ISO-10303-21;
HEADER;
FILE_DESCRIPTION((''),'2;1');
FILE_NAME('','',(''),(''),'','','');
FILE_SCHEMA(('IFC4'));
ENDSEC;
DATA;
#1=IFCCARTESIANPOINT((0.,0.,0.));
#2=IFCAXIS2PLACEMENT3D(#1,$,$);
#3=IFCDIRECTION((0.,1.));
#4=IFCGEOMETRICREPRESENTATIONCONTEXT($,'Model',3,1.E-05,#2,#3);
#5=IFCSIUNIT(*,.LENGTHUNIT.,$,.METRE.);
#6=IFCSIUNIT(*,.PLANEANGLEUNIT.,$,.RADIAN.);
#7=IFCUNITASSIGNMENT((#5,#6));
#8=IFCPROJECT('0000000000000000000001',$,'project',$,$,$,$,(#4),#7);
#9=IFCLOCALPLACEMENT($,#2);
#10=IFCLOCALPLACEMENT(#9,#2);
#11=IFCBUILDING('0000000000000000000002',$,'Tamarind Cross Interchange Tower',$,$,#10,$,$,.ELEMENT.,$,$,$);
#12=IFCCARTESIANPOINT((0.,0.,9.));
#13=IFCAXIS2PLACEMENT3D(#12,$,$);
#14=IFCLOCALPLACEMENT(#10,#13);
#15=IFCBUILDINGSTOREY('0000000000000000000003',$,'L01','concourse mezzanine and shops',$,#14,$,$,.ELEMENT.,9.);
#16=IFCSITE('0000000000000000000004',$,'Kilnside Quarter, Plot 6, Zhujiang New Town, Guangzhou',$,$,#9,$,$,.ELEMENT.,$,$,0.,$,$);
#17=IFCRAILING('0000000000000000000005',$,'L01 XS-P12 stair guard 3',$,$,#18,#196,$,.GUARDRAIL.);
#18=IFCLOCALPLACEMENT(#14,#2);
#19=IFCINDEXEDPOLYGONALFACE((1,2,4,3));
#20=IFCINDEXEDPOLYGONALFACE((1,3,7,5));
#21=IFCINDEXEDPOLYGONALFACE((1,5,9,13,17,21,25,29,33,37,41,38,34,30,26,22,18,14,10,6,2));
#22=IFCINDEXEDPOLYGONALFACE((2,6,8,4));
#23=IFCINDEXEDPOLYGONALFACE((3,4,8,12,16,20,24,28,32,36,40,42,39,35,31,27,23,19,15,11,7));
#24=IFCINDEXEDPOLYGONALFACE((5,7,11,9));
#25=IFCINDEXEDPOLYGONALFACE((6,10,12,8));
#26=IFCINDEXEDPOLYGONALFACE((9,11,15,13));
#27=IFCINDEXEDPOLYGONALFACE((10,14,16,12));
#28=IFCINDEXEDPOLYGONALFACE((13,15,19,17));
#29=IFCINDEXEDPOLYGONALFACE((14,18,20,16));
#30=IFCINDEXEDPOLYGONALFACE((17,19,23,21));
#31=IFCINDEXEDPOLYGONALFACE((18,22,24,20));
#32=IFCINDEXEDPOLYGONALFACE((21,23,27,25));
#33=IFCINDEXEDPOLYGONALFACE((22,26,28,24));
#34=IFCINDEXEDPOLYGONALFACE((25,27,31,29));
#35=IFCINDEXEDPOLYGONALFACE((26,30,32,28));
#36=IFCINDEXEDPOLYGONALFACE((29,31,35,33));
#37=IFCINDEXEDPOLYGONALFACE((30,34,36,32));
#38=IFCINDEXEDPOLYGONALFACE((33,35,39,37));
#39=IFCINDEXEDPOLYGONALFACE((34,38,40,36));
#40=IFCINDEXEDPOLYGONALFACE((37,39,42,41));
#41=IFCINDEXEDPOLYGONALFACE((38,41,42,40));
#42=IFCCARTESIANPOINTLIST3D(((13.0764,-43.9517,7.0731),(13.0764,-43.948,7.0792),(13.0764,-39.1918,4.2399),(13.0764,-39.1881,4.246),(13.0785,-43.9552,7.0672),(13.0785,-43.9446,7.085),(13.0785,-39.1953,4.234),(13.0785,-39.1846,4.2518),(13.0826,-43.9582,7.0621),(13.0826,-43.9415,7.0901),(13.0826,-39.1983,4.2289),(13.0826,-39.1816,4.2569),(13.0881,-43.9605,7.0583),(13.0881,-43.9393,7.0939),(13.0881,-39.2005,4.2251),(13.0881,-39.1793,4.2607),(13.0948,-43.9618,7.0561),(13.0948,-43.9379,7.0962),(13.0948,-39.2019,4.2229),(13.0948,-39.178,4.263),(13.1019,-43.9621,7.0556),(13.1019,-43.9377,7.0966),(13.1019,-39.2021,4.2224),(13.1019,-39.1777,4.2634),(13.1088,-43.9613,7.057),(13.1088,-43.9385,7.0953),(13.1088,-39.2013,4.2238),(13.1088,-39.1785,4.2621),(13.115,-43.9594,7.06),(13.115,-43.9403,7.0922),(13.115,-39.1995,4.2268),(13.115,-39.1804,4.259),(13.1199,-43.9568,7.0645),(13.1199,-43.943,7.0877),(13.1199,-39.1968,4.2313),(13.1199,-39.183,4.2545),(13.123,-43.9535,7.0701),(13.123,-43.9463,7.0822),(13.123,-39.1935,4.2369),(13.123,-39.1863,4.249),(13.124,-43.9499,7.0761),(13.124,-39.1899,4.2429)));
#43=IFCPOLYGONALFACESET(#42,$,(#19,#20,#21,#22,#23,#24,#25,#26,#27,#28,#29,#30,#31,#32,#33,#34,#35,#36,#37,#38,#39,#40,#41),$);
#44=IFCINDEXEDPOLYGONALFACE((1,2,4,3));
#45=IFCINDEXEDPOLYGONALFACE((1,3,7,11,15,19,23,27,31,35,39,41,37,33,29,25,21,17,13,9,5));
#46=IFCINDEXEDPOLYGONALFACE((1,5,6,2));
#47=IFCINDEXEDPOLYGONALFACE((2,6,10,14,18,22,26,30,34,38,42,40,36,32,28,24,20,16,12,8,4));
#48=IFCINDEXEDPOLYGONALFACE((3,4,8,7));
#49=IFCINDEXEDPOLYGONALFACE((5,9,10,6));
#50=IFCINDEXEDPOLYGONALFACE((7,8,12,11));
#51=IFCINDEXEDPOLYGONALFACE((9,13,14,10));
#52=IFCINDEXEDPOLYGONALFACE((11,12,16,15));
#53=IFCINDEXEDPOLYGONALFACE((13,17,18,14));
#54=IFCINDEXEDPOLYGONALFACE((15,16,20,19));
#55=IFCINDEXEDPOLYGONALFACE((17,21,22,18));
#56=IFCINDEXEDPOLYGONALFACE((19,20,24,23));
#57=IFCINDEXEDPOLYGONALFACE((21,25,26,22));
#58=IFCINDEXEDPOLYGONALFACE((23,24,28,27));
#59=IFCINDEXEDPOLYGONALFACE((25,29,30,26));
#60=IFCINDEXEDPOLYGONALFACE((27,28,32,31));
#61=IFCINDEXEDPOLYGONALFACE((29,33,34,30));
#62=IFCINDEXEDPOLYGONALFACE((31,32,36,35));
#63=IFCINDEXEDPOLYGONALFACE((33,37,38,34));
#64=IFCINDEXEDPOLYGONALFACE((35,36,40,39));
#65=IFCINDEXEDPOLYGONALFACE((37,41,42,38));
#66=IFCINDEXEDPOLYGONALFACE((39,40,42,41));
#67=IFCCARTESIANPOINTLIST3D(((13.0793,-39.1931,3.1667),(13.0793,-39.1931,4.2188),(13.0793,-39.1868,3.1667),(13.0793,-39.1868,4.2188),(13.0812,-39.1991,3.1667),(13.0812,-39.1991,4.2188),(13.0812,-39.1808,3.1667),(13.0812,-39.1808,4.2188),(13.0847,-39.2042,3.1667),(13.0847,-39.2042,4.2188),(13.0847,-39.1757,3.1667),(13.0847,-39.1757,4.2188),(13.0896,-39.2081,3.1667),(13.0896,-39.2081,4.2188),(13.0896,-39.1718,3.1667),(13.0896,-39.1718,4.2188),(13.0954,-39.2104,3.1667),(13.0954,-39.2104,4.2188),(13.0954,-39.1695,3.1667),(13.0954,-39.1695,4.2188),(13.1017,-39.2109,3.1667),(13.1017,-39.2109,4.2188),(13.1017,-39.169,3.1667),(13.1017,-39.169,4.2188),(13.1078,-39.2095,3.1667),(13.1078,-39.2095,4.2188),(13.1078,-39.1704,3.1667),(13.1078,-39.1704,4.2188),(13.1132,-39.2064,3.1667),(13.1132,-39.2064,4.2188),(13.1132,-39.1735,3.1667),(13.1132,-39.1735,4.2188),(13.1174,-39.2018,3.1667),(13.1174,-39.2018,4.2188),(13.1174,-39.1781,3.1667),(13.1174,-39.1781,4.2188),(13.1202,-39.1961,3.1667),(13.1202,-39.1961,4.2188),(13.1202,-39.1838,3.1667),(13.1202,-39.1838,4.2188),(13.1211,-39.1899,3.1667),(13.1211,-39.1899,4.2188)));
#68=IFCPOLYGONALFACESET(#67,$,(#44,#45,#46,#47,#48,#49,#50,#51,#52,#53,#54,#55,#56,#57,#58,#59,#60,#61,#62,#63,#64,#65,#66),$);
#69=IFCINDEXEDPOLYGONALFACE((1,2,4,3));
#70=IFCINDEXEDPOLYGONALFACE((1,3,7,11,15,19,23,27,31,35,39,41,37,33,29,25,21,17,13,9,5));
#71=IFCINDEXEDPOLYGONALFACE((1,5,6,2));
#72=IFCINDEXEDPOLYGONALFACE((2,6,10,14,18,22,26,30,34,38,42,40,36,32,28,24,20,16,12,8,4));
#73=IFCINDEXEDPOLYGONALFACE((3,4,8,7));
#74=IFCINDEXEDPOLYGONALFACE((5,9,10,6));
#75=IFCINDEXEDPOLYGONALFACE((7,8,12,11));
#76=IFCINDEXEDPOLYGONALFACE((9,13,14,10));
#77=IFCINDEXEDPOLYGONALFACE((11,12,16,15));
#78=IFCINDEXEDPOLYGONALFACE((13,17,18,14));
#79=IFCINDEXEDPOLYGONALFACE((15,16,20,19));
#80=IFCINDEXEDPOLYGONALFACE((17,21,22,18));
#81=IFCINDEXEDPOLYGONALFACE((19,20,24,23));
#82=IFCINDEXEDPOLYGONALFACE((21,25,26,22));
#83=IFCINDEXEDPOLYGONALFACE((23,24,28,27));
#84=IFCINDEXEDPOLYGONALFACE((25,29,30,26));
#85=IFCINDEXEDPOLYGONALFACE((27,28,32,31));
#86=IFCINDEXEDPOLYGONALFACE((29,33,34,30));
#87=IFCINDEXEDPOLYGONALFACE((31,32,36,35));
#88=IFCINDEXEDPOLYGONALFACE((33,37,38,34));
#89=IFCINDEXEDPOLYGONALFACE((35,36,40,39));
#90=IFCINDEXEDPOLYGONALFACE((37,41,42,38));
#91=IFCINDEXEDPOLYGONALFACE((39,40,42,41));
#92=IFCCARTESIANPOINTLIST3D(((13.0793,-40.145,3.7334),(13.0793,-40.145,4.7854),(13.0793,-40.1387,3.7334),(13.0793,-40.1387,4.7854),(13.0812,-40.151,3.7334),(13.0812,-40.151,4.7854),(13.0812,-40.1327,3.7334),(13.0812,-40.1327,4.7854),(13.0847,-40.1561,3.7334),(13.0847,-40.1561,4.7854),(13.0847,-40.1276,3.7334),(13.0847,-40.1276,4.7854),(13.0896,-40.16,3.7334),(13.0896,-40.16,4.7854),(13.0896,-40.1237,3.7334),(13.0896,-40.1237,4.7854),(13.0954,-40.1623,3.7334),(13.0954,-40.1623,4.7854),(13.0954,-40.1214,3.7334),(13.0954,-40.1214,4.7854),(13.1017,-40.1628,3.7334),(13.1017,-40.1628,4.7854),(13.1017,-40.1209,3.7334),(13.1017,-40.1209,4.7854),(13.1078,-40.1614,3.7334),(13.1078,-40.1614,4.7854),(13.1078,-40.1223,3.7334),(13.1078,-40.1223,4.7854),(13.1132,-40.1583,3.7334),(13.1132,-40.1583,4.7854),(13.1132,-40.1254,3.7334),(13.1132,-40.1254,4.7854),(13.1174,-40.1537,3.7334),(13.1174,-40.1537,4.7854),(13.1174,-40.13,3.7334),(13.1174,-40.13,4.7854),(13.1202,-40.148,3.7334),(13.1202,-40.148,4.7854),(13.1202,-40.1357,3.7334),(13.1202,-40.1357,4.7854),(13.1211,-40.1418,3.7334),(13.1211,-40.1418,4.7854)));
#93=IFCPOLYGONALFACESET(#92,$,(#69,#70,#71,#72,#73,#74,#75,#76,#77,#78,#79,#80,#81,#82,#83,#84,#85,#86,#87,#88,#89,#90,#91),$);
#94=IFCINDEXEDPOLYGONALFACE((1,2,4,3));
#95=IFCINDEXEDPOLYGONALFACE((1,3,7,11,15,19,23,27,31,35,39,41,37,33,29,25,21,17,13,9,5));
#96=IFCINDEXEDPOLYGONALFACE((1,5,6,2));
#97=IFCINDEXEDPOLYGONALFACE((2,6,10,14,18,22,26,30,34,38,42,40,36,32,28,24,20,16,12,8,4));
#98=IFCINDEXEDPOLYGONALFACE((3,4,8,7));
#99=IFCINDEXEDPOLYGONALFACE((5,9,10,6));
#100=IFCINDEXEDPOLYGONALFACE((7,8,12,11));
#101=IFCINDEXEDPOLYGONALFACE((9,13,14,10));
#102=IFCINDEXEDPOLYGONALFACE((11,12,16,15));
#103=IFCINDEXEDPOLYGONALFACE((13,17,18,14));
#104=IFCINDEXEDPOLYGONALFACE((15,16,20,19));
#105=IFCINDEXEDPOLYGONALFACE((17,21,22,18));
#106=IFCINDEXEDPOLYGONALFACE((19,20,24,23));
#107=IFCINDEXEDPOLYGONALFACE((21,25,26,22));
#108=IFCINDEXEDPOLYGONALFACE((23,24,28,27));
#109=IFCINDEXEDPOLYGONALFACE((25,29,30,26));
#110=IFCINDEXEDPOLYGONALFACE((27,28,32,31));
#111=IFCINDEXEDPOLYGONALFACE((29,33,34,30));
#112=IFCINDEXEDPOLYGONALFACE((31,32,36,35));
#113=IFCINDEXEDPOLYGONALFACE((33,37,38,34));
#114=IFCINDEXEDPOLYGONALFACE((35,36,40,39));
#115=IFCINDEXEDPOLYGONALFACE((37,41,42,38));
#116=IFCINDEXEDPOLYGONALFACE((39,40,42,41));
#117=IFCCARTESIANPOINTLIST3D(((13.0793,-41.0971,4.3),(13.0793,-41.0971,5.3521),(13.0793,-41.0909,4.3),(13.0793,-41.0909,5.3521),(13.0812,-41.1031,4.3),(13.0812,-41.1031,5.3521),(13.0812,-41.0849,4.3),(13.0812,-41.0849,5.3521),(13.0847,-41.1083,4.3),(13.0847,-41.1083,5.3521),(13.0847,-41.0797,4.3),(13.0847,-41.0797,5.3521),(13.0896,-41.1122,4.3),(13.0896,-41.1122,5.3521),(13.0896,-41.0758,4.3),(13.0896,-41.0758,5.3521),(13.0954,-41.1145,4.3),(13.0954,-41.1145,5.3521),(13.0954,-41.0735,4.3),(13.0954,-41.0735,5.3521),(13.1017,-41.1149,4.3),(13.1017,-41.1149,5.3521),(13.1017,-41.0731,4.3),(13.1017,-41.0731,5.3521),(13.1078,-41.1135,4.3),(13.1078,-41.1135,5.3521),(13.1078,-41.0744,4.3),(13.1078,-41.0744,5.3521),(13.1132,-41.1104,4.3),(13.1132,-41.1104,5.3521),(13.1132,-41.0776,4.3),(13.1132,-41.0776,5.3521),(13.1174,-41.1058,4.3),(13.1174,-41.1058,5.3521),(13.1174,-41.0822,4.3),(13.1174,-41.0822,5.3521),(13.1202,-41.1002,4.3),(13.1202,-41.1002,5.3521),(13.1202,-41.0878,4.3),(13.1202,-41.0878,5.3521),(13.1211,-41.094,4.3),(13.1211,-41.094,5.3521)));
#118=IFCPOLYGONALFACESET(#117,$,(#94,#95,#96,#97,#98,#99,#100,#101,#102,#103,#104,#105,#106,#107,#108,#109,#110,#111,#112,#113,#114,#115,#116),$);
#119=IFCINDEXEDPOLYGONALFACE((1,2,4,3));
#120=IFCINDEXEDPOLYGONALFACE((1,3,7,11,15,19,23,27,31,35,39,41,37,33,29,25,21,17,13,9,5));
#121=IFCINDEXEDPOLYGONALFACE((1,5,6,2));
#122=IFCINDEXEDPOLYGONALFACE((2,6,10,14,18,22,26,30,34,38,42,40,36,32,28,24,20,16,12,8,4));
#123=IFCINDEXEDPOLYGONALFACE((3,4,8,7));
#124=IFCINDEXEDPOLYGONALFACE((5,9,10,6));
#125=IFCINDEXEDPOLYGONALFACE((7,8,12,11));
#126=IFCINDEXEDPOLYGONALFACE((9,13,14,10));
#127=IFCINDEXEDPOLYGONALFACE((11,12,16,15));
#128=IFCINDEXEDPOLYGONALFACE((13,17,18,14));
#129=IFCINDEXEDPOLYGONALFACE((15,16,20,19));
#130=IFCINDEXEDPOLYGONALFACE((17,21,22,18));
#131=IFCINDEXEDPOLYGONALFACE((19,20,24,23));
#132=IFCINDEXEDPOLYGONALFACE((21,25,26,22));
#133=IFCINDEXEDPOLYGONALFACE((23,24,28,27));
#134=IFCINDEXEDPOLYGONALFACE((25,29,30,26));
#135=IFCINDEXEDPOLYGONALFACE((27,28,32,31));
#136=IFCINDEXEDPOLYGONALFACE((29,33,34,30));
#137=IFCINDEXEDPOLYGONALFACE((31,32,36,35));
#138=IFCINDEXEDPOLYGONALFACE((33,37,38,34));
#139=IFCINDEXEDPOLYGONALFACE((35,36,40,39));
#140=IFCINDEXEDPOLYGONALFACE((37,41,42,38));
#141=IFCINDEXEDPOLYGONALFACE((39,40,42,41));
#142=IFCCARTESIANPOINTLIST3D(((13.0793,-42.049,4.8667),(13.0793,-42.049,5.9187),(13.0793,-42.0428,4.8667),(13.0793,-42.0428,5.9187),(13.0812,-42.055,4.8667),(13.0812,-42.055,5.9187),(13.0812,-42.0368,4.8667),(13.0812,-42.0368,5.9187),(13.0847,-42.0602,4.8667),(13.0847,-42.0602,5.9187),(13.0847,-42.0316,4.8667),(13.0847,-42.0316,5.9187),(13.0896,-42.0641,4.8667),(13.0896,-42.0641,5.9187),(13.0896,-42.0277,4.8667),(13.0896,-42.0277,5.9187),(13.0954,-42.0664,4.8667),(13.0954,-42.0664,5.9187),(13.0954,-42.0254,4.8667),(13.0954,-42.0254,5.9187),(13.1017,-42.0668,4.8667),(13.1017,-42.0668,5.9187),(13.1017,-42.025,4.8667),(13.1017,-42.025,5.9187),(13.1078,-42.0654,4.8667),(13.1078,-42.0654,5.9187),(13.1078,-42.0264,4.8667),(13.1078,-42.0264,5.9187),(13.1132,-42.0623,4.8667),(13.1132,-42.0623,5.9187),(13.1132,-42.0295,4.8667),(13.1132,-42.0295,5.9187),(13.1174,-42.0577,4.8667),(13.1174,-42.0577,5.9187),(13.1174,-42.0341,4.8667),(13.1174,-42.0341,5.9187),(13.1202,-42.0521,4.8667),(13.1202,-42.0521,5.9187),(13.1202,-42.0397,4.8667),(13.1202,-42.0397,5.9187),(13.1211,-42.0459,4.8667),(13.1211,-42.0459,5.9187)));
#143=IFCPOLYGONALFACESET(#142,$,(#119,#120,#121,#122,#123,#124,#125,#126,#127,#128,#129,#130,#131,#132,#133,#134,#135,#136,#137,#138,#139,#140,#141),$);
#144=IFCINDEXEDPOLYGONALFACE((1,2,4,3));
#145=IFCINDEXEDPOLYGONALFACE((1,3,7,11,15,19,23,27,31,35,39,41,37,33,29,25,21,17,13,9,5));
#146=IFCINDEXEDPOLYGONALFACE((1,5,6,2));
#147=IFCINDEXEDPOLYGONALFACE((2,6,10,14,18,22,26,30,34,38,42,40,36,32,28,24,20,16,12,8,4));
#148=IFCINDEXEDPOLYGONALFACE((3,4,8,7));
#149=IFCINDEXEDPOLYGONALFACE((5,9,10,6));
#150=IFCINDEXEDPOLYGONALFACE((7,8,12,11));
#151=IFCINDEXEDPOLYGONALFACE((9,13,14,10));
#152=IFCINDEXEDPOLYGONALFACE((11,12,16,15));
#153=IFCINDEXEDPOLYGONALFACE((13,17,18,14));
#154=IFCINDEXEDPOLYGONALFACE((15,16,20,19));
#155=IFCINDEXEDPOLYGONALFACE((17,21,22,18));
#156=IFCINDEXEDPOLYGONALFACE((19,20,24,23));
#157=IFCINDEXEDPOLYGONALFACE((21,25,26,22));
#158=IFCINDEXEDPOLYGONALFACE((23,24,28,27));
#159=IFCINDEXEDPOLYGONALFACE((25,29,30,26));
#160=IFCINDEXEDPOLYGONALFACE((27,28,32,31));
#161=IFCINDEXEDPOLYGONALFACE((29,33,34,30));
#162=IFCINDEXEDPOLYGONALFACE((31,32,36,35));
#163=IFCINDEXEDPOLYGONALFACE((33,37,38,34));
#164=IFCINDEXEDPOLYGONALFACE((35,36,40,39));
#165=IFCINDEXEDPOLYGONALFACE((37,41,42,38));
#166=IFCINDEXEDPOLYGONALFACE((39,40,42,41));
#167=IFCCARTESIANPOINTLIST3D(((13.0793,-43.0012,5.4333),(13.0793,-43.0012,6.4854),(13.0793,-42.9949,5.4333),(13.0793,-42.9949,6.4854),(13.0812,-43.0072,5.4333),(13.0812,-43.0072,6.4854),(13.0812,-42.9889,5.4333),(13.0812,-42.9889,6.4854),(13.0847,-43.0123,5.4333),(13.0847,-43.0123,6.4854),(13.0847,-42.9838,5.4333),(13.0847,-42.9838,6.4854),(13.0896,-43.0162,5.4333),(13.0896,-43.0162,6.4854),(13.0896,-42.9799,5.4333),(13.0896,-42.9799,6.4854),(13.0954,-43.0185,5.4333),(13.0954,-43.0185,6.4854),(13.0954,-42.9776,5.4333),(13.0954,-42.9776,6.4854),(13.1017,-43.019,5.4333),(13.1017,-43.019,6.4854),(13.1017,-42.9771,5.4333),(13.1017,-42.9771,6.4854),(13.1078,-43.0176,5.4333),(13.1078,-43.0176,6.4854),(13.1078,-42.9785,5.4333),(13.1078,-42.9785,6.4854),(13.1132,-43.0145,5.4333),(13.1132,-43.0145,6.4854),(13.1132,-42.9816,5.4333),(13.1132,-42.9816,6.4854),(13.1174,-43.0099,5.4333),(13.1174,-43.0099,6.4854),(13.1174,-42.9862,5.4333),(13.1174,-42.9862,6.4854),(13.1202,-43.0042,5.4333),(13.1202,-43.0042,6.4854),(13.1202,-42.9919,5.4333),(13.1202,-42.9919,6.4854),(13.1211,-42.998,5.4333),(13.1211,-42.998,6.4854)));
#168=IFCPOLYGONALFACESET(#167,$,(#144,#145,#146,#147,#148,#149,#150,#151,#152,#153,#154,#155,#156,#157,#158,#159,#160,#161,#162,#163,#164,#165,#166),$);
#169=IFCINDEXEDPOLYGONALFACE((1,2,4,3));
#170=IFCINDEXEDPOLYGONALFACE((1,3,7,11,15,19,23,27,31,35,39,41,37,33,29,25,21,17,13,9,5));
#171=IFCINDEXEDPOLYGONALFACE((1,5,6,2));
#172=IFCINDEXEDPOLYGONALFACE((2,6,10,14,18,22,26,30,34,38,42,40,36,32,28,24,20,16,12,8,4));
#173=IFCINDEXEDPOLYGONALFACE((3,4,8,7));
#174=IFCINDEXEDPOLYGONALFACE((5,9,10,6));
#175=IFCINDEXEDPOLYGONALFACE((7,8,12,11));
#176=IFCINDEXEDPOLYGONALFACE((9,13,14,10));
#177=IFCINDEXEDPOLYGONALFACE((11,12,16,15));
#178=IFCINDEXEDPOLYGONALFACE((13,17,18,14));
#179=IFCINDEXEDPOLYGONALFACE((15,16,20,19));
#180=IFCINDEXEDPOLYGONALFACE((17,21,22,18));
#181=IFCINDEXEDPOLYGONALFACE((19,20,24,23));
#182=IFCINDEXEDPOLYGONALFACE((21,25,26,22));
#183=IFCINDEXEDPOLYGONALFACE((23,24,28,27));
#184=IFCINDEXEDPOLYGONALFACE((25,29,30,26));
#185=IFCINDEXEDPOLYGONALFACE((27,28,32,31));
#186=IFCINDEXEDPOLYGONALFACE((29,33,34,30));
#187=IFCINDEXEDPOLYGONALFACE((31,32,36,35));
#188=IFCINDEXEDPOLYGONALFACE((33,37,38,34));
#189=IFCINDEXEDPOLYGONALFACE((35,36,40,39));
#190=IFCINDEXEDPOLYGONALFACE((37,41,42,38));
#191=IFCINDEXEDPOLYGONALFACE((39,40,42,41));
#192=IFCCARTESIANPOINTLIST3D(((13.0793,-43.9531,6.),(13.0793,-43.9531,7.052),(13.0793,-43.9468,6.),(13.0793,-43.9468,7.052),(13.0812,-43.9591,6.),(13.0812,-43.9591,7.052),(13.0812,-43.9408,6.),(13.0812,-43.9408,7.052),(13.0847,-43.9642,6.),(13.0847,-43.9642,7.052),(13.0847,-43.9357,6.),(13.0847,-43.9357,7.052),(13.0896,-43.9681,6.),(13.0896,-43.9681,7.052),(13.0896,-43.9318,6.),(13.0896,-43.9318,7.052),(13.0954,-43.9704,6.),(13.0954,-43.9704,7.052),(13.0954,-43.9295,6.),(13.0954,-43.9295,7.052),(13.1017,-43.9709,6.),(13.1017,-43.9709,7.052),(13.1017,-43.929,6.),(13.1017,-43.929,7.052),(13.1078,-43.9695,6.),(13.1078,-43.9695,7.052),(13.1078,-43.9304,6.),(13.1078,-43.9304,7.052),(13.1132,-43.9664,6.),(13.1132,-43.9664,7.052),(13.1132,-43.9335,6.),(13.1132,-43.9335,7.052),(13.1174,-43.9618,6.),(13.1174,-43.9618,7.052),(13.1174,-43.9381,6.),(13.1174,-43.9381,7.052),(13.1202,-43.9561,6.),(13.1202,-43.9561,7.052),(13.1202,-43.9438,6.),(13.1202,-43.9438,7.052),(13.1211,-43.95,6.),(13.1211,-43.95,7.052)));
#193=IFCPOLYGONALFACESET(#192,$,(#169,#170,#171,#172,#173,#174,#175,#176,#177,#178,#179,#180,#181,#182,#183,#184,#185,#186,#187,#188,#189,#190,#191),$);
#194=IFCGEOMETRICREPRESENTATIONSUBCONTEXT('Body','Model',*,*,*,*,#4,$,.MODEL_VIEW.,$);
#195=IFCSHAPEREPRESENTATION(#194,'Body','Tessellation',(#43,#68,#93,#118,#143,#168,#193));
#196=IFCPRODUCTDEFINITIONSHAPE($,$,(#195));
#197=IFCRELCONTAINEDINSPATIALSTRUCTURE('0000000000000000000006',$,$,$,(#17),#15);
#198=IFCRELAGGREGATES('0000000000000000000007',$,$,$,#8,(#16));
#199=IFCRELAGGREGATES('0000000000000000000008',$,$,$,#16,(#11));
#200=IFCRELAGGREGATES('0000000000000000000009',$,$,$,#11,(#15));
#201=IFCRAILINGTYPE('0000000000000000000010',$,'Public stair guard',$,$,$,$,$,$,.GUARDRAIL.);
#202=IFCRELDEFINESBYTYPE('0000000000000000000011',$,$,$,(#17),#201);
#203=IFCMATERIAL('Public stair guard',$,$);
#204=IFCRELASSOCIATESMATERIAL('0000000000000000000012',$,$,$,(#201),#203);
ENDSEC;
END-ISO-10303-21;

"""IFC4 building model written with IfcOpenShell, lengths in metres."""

from ifc_helpers import new_model, si_unit, direction, frame, origin, origin_2d, place, context, subcontext, project, spatial, circle, extrude, material, type_object, element, save


model = new_model("IFC4")

# Units and contexts
model_context = context("Model", 3, precision=1e-05, world=origin(), true_north=direction((0.0, 1.0)))
body_context = subcontext(model_context, "Body", "Model", "MODEL_VIEW")
ifc_project = project(units=[si_unit("LENGTHUNIT", "METRE"), si_unit("PLANEANGLEUNIT", "RADIAN")], contexts=[model_context])

# Site, building, storey
site_placement = place(None, origin())
site = spatial("IfcSite", under=ifc_project, at=site_placement, Name="Kilnside Quarter, Plot 6, Zhujiang New Town, Guangzhou", CompositionType="ELEMENT", RefElevation=0.0)
building_placement = place(site_placement, origin())
building = spatial("IfcBuilding", under=site, at=building_placement, Name="Tamarind Cross Interchange Tower", CompositionType="ELEMENT")
storey_placement = place(building_placement, frame((0.0, 0.0, 9.0)))
storey = spatial("IfcBuildingStorey", under=building, at=storey_placement, Name="L01", Description="concourse mezzanine and shops", CompositionType="ELEMENT", Elevation=9.0)

# Railing
ifc_material_1 = material(Name="Public stair guard")
railing_type_1 = type_object("IfcRailingType", Name="Public stair guard", PredefinedType="GUARDRAIL", material=ifc_material_1)
railing_1_placement = place(storey_placement, frame((13.1001, -39.1899, 3.1667)))
element("IfcRailing", 1, at=railing_1_placement, inside=storey, type_object=railing_type_1, Name="L01 XS-P12 stair guard 3", PredefinedType="GUARDRAIL", context=body_context, shape_type="SweptSolid", body=[
    extrude(circle(Radius=0.0239, at=origin_2d()), frame((0.0, 0.0, 1.0762), z_axis=(0.0, -0.8593, 0.511472), x_axis=(1.0, 0.0, 0.0)), (0.0, 0.0, 1.0), 5.5393),
    extrude(circle(Radius=0.021, at=origin_2d()), origin(), (0.0, 0.0, 1.0), 1.052),
    extrude(circle(Radius=0.021, at=origin_2d()), frame((0.0, -0.9519, 0.5667)), (0.0, 0.0, 1.0), 1.052),
    extrude(circle(Radius=0.021, at=origin_2d()), frame((0.0, -1.9041, 1.1333)), (0.0, 0.0, 1.0), 1.052),
    extrude(circle(Radius=0.021, at=origin_2d()), frame((0.0, -2.856, 1.7)), (0.0, 0.0, 1.0), 1.052),
    extrude(circle(Radius=0.021, at=origin_2d()), frame((0.0, -3.8081, 2.2666)), (0.0, 0.0, 1.0), 1.052),
    extrude(circle(Radius=0.021, at=origin_2d()), frame((0.0, -4.76, 2.8333)), (0.0, 0.0, 1.0), 1.052),
])

save(model, "model.ifc")
